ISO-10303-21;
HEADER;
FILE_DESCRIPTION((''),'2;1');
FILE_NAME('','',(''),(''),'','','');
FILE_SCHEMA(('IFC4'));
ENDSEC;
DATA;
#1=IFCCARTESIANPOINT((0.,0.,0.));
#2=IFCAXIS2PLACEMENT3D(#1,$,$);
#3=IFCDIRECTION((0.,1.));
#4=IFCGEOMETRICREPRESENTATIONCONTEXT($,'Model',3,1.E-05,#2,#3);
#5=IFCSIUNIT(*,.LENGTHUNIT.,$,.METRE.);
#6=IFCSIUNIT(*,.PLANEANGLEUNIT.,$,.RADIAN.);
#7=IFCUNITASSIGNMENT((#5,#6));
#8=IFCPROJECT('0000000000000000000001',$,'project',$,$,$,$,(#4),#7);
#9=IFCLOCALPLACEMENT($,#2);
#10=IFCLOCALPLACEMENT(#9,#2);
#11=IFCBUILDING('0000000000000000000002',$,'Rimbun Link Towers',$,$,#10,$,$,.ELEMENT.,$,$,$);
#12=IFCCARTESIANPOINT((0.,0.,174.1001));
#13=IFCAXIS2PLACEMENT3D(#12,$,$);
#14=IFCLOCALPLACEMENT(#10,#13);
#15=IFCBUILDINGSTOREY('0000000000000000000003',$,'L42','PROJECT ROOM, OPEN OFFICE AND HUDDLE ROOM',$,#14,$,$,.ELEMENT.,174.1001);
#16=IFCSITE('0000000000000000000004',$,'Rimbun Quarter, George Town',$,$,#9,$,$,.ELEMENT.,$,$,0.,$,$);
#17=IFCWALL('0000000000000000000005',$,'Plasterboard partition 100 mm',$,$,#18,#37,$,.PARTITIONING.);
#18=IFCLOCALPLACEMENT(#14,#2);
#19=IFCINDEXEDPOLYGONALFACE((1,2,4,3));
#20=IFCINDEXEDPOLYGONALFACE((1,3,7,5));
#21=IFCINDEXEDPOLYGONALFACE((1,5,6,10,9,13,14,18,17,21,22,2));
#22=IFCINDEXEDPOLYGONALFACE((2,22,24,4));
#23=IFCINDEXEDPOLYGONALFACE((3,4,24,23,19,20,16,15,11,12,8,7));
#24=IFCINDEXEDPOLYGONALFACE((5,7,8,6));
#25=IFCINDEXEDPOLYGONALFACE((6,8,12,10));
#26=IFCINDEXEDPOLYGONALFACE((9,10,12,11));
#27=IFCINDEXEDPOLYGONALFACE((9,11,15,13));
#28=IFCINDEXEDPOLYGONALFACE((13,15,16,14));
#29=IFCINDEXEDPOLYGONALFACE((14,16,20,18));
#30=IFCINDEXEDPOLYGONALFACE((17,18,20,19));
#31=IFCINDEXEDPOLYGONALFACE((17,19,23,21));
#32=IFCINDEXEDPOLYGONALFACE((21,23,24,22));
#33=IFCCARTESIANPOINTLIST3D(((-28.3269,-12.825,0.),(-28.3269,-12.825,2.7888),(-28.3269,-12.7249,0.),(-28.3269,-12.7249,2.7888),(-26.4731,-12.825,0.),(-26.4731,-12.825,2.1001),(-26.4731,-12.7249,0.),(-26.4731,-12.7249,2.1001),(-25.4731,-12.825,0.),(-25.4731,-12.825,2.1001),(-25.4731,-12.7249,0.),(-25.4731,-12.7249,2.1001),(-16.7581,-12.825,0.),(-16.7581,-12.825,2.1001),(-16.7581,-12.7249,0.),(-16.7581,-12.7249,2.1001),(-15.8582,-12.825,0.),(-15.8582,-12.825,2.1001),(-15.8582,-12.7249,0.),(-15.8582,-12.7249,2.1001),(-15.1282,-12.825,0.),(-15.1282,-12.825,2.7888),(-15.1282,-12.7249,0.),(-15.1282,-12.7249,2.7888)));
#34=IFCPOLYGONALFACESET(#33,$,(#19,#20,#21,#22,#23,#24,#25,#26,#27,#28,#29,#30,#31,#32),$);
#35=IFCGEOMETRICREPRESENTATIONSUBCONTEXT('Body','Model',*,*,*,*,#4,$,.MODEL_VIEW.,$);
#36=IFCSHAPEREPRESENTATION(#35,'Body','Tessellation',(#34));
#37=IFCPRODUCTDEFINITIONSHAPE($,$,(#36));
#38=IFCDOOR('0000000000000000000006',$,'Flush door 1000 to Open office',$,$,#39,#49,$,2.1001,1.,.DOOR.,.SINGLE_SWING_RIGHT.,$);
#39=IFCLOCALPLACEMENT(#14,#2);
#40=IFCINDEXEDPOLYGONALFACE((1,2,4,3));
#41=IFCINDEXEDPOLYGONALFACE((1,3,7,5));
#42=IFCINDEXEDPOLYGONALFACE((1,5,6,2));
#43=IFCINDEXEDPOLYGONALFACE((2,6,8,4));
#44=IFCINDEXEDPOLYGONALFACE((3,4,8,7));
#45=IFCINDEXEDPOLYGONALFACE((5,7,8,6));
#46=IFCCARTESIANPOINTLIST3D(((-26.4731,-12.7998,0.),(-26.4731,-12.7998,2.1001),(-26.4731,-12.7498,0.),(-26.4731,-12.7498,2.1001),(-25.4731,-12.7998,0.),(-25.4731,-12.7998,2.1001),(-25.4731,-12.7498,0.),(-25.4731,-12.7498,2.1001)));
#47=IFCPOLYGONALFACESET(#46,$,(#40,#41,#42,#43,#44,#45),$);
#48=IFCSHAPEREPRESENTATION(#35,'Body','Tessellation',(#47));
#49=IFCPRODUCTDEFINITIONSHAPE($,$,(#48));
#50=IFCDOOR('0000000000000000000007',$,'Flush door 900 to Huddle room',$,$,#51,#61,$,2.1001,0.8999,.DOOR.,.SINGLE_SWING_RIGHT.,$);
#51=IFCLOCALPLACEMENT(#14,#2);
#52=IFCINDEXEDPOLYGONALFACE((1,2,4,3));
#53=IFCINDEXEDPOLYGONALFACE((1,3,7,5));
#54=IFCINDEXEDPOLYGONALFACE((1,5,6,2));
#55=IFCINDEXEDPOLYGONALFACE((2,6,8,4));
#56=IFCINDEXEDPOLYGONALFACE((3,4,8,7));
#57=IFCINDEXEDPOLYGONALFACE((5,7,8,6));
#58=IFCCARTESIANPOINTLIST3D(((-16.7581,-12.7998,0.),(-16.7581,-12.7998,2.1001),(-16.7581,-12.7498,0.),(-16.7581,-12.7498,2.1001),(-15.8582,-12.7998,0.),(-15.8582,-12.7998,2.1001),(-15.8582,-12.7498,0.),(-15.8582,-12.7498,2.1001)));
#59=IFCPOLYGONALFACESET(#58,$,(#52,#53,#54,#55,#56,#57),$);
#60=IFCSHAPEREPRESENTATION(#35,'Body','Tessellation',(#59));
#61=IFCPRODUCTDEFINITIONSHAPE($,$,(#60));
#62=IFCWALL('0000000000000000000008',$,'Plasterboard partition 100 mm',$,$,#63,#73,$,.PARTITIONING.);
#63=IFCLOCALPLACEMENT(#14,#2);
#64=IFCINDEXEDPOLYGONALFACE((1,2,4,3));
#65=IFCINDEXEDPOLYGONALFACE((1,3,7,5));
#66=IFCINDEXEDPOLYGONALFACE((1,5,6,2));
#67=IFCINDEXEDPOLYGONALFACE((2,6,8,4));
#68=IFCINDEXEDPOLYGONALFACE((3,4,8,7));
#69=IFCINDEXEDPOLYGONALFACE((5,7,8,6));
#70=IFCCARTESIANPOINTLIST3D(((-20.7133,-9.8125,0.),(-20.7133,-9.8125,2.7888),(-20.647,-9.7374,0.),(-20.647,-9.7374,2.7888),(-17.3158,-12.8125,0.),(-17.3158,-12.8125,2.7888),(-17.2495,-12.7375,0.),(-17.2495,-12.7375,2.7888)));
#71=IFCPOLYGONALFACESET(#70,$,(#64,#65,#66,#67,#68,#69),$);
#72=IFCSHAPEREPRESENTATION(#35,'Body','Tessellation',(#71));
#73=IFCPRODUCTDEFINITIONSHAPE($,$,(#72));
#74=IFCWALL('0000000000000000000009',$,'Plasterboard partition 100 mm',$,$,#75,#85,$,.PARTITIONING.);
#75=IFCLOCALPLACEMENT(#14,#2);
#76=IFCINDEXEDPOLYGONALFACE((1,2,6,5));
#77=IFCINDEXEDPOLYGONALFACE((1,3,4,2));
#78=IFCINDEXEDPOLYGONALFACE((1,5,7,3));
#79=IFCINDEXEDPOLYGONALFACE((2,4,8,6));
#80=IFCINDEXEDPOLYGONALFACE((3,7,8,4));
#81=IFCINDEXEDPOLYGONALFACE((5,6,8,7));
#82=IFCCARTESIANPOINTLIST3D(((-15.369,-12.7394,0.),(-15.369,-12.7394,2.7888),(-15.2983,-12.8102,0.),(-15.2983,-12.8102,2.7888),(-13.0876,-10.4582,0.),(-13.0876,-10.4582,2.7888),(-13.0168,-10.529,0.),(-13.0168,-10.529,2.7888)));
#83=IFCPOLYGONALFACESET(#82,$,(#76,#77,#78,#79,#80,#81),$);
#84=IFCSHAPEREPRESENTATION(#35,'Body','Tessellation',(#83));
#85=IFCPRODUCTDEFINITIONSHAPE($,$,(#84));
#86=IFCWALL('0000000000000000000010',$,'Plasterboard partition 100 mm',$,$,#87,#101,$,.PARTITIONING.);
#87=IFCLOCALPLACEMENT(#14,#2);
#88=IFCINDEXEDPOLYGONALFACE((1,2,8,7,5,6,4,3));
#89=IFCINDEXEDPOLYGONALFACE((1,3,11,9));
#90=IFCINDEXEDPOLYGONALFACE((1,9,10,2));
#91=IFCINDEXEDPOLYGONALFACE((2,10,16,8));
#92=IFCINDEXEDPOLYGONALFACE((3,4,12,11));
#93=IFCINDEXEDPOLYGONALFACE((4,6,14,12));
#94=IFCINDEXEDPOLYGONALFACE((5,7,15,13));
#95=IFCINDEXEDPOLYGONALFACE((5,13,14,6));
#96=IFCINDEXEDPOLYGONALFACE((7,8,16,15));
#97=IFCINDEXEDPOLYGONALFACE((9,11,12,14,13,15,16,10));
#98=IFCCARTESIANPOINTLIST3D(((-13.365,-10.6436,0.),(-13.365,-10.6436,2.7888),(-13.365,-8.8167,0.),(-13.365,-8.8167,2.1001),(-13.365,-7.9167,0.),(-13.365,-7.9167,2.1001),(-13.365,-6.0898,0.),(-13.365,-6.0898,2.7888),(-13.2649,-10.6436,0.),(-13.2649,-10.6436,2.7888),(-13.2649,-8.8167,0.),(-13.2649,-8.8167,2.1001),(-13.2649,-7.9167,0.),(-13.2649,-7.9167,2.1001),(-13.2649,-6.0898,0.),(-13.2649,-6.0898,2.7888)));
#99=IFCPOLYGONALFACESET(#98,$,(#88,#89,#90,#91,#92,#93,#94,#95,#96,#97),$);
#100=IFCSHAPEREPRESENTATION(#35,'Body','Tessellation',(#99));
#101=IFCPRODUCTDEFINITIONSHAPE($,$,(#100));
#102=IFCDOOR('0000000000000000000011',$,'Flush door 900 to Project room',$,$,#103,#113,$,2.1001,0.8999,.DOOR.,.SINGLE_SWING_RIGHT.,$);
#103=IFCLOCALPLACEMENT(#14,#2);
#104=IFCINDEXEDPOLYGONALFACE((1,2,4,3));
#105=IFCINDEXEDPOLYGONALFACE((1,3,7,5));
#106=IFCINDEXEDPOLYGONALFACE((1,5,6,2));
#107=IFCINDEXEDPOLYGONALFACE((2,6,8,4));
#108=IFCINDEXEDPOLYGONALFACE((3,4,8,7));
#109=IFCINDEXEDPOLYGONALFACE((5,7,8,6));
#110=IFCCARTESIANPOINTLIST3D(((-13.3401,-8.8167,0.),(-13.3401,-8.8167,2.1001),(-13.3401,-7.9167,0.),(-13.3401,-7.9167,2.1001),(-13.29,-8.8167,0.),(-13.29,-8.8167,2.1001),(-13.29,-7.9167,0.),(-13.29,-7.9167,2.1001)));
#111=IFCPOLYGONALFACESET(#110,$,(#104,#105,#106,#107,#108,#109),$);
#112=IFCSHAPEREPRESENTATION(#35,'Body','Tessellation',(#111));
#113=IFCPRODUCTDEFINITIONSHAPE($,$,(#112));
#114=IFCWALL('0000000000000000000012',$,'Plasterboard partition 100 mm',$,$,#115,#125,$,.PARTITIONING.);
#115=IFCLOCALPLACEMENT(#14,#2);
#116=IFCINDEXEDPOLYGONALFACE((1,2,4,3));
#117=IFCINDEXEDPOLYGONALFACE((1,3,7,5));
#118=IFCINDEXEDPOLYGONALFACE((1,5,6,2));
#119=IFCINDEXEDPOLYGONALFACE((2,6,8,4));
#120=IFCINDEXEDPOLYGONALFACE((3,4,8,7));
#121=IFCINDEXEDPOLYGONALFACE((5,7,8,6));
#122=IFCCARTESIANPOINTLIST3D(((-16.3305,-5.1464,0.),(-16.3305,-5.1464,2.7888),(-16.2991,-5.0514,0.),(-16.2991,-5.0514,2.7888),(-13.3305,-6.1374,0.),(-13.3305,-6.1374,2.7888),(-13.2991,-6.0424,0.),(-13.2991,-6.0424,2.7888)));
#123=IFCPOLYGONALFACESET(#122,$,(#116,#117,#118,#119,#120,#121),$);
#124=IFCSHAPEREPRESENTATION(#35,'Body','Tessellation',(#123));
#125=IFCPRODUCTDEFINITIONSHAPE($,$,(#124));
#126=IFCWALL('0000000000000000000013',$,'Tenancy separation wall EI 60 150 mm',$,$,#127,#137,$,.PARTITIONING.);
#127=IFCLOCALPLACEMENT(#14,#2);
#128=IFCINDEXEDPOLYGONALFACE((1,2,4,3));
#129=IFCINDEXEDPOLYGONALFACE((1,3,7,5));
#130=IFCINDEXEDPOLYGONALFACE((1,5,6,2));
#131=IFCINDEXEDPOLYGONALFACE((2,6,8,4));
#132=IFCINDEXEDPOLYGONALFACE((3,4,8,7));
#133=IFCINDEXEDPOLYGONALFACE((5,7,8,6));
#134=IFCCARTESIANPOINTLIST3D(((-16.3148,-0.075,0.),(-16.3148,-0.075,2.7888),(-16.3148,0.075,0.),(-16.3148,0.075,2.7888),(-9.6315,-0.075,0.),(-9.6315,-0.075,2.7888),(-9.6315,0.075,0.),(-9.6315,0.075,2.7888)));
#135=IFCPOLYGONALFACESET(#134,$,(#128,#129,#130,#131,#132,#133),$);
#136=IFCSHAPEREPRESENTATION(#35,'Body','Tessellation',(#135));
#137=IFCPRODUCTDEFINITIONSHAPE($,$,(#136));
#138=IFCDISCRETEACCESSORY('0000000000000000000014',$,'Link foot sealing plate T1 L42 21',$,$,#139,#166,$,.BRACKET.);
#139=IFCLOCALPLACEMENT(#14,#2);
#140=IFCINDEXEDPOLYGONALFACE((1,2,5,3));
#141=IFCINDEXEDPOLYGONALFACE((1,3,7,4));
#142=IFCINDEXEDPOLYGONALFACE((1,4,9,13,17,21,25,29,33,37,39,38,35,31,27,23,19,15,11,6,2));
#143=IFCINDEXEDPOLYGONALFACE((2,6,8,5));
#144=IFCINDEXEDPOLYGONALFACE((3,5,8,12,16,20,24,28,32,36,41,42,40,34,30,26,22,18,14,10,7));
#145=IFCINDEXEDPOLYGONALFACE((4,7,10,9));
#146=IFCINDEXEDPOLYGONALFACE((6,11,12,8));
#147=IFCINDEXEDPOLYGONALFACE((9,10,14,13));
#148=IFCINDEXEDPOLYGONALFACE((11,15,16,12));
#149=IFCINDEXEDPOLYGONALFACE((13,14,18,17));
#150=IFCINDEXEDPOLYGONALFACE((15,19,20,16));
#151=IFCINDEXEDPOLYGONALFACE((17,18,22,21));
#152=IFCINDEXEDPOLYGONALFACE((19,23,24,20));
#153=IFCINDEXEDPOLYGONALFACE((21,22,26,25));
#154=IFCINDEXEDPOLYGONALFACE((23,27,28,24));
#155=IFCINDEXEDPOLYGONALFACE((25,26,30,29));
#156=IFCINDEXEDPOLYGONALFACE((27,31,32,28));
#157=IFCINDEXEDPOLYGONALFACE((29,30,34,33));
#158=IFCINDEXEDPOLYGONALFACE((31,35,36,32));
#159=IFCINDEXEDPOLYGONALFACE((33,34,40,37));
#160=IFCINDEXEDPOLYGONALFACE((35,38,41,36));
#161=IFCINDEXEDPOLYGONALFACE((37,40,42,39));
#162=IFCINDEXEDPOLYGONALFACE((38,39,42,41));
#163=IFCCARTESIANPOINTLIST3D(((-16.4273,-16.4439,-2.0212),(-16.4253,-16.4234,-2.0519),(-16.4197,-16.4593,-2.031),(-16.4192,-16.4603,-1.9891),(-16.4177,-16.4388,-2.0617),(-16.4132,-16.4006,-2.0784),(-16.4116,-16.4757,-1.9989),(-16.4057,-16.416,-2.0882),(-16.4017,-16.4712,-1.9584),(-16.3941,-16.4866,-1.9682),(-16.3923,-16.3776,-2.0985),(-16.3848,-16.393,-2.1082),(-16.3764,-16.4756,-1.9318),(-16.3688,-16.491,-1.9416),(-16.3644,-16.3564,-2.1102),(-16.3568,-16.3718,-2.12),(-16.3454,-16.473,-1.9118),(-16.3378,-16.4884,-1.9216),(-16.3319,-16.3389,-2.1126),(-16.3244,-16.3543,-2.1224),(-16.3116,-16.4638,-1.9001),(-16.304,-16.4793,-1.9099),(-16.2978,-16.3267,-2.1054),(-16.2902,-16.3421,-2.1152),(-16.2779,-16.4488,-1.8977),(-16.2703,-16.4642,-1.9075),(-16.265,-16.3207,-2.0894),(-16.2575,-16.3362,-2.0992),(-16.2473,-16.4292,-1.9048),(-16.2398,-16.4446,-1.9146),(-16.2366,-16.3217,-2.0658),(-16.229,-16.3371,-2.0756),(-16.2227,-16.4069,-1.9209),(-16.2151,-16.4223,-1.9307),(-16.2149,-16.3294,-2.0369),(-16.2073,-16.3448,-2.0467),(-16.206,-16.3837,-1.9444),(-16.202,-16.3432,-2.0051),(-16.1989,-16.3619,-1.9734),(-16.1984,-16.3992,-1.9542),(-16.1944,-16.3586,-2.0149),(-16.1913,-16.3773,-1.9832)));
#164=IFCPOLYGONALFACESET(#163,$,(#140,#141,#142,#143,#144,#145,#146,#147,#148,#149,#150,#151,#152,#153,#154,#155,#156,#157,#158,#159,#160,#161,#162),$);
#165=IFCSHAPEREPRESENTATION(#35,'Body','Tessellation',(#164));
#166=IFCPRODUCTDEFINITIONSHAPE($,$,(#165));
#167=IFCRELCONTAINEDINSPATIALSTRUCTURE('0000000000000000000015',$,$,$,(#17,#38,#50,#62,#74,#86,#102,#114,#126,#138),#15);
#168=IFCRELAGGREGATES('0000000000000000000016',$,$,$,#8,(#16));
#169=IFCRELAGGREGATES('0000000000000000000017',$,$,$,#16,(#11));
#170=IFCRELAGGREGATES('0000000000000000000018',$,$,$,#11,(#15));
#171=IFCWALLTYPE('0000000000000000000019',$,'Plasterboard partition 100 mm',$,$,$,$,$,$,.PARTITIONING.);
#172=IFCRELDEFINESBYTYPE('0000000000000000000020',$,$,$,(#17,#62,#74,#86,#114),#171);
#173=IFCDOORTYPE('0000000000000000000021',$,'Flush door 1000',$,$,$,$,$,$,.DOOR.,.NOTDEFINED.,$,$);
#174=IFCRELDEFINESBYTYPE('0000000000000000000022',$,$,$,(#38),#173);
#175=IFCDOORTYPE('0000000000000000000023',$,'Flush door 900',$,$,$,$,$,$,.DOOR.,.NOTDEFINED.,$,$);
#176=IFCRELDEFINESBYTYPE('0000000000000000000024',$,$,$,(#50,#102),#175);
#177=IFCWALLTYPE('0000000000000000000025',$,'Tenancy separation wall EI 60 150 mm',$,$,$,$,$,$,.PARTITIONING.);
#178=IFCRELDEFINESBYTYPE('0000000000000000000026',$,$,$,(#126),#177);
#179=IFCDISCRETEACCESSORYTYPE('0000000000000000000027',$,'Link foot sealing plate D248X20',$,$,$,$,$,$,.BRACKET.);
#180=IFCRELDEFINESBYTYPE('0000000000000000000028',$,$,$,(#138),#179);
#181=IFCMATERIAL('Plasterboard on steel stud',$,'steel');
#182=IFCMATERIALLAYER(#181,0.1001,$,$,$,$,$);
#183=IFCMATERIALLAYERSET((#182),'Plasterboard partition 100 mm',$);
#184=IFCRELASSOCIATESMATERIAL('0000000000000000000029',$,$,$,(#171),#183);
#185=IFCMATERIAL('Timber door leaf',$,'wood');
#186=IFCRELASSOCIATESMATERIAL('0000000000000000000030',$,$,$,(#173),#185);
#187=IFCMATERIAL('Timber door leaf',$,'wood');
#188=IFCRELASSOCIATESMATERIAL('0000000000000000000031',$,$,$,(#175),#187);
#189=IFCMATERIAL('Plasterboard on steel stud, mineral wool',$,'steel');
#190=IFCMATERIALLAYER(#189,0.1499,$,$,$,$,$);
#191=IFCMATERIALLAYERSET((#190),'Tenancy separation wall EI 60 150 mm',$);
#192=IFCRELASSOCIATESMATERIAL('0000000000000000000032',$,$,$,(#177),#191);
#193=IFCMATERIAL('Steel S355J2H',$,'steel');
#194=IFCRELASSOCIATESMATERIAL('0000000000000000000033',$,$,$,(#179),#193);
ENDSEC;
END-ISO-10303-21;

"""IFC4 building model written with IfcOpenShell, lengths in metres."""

from ifc_helpers import new_model, si_unit, direction, frame, frame_2d, origin, origin_2d, place, context, subcontext, project, spatial, rectangle, circle, extrude, material, layer, layer_set, material_profile, profile_set, type_object, element, fill, save


model = new_model("IFC4")

# Units and contexts
model_context = context("Model", 3, precision=1e-05, world=origin(), true_north=direction((0.0, 1.0)))
body_context = subcontext(model_context, "Body", "Model", "MODEL_VIEW")
ifc_project = project(units=[si_unit("LENGTHUNIT", "METRE"), si_unit("PLANEANGLEUNIT", "RADIAN")], contexts=[model_context])

# Site, building, storey
site_placement = place(None, origin())
site = spatial("IfcSite", under=ifc_project, at=site_placement, Name="Rimbun Quarter, George Town", CompositionType="ELEMENT", RefElevation=0.0)
building_placement = place(site_placement, origin())
building = spatial("IfcBuilding", under=site, at=building_placement, Name="Rimbun Link Towers", CompositionType="ELEMENT")
storey_placement = place(building_placement, frame((0.0, 0.0, 174.1001)))
storey = spatial("IfcBuildingStorey", under=building, at=storey_placement, Name="L42", Description="PROJECT ROOM, OPEN OFFICE AND HUDDLE ROOM", CompositionType="ELEMENT", Elevation=174.1001)

# Wall, openings, doors
ifc_material_1 = material(Name="Plasterboard on steel stud", Category="steel")
ifc_layer_1 = layer(ifc_material_1, 0.1001)
ifc_layer_set_1 = layer_set([ifc_layer_1], Name="Plasterboard partition 100 mm")
wall_type_1 = type_object("IfcWallType", Name="Plasterboard partition 100 mm", PredefinedType="PARTITIONING", material=ifc_layer_set_1)
wall_1_placement = place(storey_placement, frame((-15.1282, -12.7749, 0.0), z_axis=(0.0, 0.0, 1.0), x_axis=(-1.0, 0.0, 0.0)))
wall_1 = element("IfcWall", 1, at=wall_1_placement, inside=storey, type_object=wall_type_1, Name="Plasterboard partition 100 mm", PredefinedType="PARTITIONING", context=body_context, shape_type="SweptSolid", body=[
    extrude(rectangle(XDim=13.1987, YDim=0.1001, at=frame_2d((6.5994, 0.0))), origin(), (0.0, 0.0, 1.0), 2.7888),
])
opening_1_placement = place(wall_1_placement, frame((10.345, 0.0, 0.0)))
opening_1 = element("IfcOpeningElement", 2, at=opening_1_placement, cuts=wall_1, PredefinedType="OPENING", context=body_context, shape_type="SweptSolid", body=[
    extrude(rectangle(XDim=1.0, YDim=2.1001, at=frame_2d((0.5, 1.05))), frame((0.0, 0.0601, 0.0), z_axis=(0.0, -1.0, 0.0), x_axis=(1.0, 0.0, 0.0)), (0.0, 0.0, 1.0), 0.1201),
])
opening_2_placement = place(wall_1_placement, frame((0.73, 0.0, 0.0)))
opening_2 = element("IfcOpeningElement", 3, at=opening_2_placement, cuts=wall_1, PredefinedType="OPENING", context=body_context, shape_type="SweptSolid", body=[
    extrude(rectangle(XDim=0.8999, YDim=2.1001, at=frame_2d((0.45, 1.05))), frame((0.0, 0.0601, 0.0), z_axis=(0.0, -1.0, 0.0), x_axis=(1.0, 0.0, 0.0)), (0.0, 0.0, 1.0), 0.1201),
])
ifc_material_2 = material(Name="Timber door leaf", Category="wood")
door_type_1 = type_object("IfcDoorType", Name="Flush door 1000", OperationType="NOTDEFINED", PredefinedType="DOOR", material=ifc_material_2)
door_1_placement = place(opening_1_placement, origin())
door_1 = element("IfcDoor", 4, at=door_1_placement, inside=storey, type_object=door_type_1, Name="Flush door 1000 to Open office", OperationType="SINGLE_SWING_RIGHT", OverallHeight=2.1001, OverallWidth=1.0, PredefinedType="DOOR", context=body_context, shape_type="SweptSolid", body=[
    extrude(rectangle(XDim=1.0, YDim=2.1001, at=frame_2d((0.5, 1.05))), frame((0.0, 0.0249, 0.0), z_axis=(0.0, -1.0, 0.0), x_axis=(1.0, 0.0, 0.0)), (0.0, 0.0, 1.0), 0.05),
])
fill(opening_1, door_1)
ifc_material_3 = material(Name="Timber door leaf", Category="wood")
door_type_2 = type_object("IfcDoorType", Name="Flush door 900", OperationType="NOTDEFINED", PredefinedType="DOOR", material=ifc_material_3)
door_2_placement = place(opening_2_placement, origin())
door_2 = element("IfcDoor", 5, at=door_2_placement, inside=storey, type_object=door_type_2, Name="Flush door 900 to Huddle room", OperationType="SINGLE_SWING_RIGHT", OverallHeight=2.1001, OverallWidth=0.8999, PredefinedType="DOOR", context=body_context, shape_type="SweptSolid", body=[
    extrude(rectangle(XDim=0.8999, YDim=2.1001, at=frame_2d((0.45, 1.05))), frame((0.0, 0.0249, 0.0), z_axis=(0.0, -1.0, 0.0), x_axis=(1.0, 0.0, 0.0)), (0.0, 0.0, 1.0), 0.05),
])
fill(opening_2, door_2)

# Walls
wall_2_placement = place(storey_placement, frame((-17.2827, -12.7749, 0.0), z_axis=(0.0, 0.0, 1.0), x_axis=(-0.749593, 0.6619, 0.0)))
element("IfcWall", 6, at=wall_2_placement, inside=storey, type_object=wall_type_1, Name="Plasterboard partition 100 mm", PredefinedType="PARTITIONING", context=body_context, shape_type="SweptSolid", body=[
    extrude(rectangle(XDim=4.5325, YDim=0.1001, at=frame_2d((2.2661, 0.0))), origin(), (0.0, 0.0, 1.0), 2.7888),
])
wall_3_placement = place(storey_placement, frame((-15.3337, -12.7749, 0.0), z_axis=(0.0, 0.0, 1.0), x_axis=(0.707145, 0.707069, 0.0)))
element("IfcWall", 7, at=wall_3_placement, inside=storey, type_object=wall_type_1, Name="Plasterboard partition 100 mm", PredefinedType="PARTITIONING", context=body_context, shape_type="SweptSolid", body=[
    extrude(rectangle(XDim=3.2263, YDim=0.1001, at=frame_2d((1.6133, 0.0))), origin(), (0.0, 0.0, 1.0), 2.7888),
])

# Wall, opening, door
wall_4_placement = place(storey_placement, frame((-13.3149, -6.0898, 0.0), z_axis=(0.0, 0.0, 1.0), x_axis=(0.0, -1.0, 0.0)))
wall_4 = element("IfcWall", 8, at=wall_4_placement, inside=storey, type_object=wall_type_1, Name="Plasterboard partition 100 mm", PredefinedType="PARTITIONING", context=body_context, shape_type="SweptSolid", body=[
    extrude(rectangle(XDim=4.5537, YDim=0.1001, at=frame_2d((2.2769, 0.0))), origin(), (0.0, 0.0, 1.0), 2.7888),
])
opening_3_placement = place(wall_4_placement, frame((1.8269, 0.0, 0.0)))
opening_3 = element("IfcOpeningElement", 9, at=opening_3_placement, cuts=wall_4, PredefinedType="OPENING", context=body_context, shape_type="SweptSolid", body=[
    extrude(rectangle(XDim=0.8999, YDim=2.1001, at=frame_2d((0.45, 1.05))), frame((0.0, 0.0601, 0.0), z_axis=(0.0, -1.0, 0.0), x_axis=(1.0, 0.0, 0.0)), (0.0, 0.0, 1.0), 0.1201),
])
door_3_placement = place(opening_3_placement, origin())
door_3 = element("IfcDoor", 10, at=door_3_placement, inside=storey, type_object=door_type_2, Name="Flush door 900 to Project room", OperationType="SINGLE_SWING_RIGHT", OverallHeight=2.1001, OverallWidth=0.8999, PredefinedType="DOOR", context=body_context, shape_type="SweptSolid", body=[
    extrude(rectangle(XDim=0.8999, YDim=2.1001, at=frame_2d((0.45, 1.05))), frame((0.0, 0.0249, 0.0), z_axis=(0.0, -1.0, 0.0), x_axis=(1.0, 0.0, 0.0)), (0.0, 0.0, 1.0), 0.05),
])
fill(opening_3, door_3)

# Walls
wall_5_placement = place(storey_placement, frame((-13.3149, -6.0898, 0.0), z_axis=(0.0, 0.0, 1.0), x_axis=(-0.949538, 0.313653, 0.0)))
element("IfcWall", 11, at=wall_5_placement, inside=storey, type_object=wall_type_1, Name="Plasterboard partition 100 mm", PredefinedType="PARTITIONING", context=body_context, shape_type="SweptSolid", body=[
    extrude(rectangle(XDim=3.1594, YDim=0.1001, at=frame_2d((1.5796, 0.0))), origin(), (0.0, 0.0, 1.0), 2.7888),
])
ifc_material_4 = material(Name="Plasterboard on steel stud, mineral wool", Category="steel")
ifc_layer_2 = layer(ifc_material_4, 0.1499)
ifc_layer_set_2 = layer_set([ifc_layer_2], Name="Tenancy separation wall EI 60 150 mm")
wall_type_2 = type_object("IfcWallType", Name="Tenancy separation wall EI 60 150 mm", PredefinedType="PARTITIONING", material=ifc_layer_set_2)
wall_6_placement = place(storey_placement, frame((-16.3149, 0.0, 0.0), z_axis=(0.0, 0.0, 1.0), x_axis=(1.0, 0.0, 0.0)))
element("IfcWall", 12, at=wall_6_placement, inside=storey, type_object=wall_type_2, Name="Tenancy separation wall EI 60 150 mm", PredefinedType="PARTITIONING", context=body_context, shape_type="SweptSolid", body=[
    extrude(rectangle(XDim=6.6833, YDim=0.1499, at=frame_2d((3.3418, 0.0))), origin(), (0.0, 0.0, 1.0), 2.7888),
])

# Discrete accessory
ifc_material_5 = material(Name="Steel S355J2H", Category="steel")
ifc_material_profile_1 = material_profile(ifc_material_5, circle(Radius=0.124, at=origin_2d()), Name="PL D248")
ifc_profile_set_1 = profile_set([ifc_material_profile_1], Name="Steel S355J2H")
discrete_accessory_type = type_object("IfcDiscreteAccessoryType", Name="Link foot sealing plate D248X20", PredefinedType="BRACKET", material=ifc_profile_set_1)
discrete_accessory_placement = place(storey_placement, frame((-16.3132, -16.3979, -2.0051), z_axis=(0.383623, -0.779622, -0.494998), x_axis=(0.897257, 0.441508, 0.0)))
element("IfcDiscreteAccessory", 13, at=discrete_accessory_placement, inside=storey, type_object=discrete_accessory_type, Name="Link foot sealing plate T1 L42 21", PredefinedType="BRACKET", context=body_context, shape_type="SweptSolid", body=[
    extrude(circle(Radius=0.124, at=origin_2d()), origin(), (0.0, 0.0, 1.0), 0.0198),
])

save(model, "model.ifc")
